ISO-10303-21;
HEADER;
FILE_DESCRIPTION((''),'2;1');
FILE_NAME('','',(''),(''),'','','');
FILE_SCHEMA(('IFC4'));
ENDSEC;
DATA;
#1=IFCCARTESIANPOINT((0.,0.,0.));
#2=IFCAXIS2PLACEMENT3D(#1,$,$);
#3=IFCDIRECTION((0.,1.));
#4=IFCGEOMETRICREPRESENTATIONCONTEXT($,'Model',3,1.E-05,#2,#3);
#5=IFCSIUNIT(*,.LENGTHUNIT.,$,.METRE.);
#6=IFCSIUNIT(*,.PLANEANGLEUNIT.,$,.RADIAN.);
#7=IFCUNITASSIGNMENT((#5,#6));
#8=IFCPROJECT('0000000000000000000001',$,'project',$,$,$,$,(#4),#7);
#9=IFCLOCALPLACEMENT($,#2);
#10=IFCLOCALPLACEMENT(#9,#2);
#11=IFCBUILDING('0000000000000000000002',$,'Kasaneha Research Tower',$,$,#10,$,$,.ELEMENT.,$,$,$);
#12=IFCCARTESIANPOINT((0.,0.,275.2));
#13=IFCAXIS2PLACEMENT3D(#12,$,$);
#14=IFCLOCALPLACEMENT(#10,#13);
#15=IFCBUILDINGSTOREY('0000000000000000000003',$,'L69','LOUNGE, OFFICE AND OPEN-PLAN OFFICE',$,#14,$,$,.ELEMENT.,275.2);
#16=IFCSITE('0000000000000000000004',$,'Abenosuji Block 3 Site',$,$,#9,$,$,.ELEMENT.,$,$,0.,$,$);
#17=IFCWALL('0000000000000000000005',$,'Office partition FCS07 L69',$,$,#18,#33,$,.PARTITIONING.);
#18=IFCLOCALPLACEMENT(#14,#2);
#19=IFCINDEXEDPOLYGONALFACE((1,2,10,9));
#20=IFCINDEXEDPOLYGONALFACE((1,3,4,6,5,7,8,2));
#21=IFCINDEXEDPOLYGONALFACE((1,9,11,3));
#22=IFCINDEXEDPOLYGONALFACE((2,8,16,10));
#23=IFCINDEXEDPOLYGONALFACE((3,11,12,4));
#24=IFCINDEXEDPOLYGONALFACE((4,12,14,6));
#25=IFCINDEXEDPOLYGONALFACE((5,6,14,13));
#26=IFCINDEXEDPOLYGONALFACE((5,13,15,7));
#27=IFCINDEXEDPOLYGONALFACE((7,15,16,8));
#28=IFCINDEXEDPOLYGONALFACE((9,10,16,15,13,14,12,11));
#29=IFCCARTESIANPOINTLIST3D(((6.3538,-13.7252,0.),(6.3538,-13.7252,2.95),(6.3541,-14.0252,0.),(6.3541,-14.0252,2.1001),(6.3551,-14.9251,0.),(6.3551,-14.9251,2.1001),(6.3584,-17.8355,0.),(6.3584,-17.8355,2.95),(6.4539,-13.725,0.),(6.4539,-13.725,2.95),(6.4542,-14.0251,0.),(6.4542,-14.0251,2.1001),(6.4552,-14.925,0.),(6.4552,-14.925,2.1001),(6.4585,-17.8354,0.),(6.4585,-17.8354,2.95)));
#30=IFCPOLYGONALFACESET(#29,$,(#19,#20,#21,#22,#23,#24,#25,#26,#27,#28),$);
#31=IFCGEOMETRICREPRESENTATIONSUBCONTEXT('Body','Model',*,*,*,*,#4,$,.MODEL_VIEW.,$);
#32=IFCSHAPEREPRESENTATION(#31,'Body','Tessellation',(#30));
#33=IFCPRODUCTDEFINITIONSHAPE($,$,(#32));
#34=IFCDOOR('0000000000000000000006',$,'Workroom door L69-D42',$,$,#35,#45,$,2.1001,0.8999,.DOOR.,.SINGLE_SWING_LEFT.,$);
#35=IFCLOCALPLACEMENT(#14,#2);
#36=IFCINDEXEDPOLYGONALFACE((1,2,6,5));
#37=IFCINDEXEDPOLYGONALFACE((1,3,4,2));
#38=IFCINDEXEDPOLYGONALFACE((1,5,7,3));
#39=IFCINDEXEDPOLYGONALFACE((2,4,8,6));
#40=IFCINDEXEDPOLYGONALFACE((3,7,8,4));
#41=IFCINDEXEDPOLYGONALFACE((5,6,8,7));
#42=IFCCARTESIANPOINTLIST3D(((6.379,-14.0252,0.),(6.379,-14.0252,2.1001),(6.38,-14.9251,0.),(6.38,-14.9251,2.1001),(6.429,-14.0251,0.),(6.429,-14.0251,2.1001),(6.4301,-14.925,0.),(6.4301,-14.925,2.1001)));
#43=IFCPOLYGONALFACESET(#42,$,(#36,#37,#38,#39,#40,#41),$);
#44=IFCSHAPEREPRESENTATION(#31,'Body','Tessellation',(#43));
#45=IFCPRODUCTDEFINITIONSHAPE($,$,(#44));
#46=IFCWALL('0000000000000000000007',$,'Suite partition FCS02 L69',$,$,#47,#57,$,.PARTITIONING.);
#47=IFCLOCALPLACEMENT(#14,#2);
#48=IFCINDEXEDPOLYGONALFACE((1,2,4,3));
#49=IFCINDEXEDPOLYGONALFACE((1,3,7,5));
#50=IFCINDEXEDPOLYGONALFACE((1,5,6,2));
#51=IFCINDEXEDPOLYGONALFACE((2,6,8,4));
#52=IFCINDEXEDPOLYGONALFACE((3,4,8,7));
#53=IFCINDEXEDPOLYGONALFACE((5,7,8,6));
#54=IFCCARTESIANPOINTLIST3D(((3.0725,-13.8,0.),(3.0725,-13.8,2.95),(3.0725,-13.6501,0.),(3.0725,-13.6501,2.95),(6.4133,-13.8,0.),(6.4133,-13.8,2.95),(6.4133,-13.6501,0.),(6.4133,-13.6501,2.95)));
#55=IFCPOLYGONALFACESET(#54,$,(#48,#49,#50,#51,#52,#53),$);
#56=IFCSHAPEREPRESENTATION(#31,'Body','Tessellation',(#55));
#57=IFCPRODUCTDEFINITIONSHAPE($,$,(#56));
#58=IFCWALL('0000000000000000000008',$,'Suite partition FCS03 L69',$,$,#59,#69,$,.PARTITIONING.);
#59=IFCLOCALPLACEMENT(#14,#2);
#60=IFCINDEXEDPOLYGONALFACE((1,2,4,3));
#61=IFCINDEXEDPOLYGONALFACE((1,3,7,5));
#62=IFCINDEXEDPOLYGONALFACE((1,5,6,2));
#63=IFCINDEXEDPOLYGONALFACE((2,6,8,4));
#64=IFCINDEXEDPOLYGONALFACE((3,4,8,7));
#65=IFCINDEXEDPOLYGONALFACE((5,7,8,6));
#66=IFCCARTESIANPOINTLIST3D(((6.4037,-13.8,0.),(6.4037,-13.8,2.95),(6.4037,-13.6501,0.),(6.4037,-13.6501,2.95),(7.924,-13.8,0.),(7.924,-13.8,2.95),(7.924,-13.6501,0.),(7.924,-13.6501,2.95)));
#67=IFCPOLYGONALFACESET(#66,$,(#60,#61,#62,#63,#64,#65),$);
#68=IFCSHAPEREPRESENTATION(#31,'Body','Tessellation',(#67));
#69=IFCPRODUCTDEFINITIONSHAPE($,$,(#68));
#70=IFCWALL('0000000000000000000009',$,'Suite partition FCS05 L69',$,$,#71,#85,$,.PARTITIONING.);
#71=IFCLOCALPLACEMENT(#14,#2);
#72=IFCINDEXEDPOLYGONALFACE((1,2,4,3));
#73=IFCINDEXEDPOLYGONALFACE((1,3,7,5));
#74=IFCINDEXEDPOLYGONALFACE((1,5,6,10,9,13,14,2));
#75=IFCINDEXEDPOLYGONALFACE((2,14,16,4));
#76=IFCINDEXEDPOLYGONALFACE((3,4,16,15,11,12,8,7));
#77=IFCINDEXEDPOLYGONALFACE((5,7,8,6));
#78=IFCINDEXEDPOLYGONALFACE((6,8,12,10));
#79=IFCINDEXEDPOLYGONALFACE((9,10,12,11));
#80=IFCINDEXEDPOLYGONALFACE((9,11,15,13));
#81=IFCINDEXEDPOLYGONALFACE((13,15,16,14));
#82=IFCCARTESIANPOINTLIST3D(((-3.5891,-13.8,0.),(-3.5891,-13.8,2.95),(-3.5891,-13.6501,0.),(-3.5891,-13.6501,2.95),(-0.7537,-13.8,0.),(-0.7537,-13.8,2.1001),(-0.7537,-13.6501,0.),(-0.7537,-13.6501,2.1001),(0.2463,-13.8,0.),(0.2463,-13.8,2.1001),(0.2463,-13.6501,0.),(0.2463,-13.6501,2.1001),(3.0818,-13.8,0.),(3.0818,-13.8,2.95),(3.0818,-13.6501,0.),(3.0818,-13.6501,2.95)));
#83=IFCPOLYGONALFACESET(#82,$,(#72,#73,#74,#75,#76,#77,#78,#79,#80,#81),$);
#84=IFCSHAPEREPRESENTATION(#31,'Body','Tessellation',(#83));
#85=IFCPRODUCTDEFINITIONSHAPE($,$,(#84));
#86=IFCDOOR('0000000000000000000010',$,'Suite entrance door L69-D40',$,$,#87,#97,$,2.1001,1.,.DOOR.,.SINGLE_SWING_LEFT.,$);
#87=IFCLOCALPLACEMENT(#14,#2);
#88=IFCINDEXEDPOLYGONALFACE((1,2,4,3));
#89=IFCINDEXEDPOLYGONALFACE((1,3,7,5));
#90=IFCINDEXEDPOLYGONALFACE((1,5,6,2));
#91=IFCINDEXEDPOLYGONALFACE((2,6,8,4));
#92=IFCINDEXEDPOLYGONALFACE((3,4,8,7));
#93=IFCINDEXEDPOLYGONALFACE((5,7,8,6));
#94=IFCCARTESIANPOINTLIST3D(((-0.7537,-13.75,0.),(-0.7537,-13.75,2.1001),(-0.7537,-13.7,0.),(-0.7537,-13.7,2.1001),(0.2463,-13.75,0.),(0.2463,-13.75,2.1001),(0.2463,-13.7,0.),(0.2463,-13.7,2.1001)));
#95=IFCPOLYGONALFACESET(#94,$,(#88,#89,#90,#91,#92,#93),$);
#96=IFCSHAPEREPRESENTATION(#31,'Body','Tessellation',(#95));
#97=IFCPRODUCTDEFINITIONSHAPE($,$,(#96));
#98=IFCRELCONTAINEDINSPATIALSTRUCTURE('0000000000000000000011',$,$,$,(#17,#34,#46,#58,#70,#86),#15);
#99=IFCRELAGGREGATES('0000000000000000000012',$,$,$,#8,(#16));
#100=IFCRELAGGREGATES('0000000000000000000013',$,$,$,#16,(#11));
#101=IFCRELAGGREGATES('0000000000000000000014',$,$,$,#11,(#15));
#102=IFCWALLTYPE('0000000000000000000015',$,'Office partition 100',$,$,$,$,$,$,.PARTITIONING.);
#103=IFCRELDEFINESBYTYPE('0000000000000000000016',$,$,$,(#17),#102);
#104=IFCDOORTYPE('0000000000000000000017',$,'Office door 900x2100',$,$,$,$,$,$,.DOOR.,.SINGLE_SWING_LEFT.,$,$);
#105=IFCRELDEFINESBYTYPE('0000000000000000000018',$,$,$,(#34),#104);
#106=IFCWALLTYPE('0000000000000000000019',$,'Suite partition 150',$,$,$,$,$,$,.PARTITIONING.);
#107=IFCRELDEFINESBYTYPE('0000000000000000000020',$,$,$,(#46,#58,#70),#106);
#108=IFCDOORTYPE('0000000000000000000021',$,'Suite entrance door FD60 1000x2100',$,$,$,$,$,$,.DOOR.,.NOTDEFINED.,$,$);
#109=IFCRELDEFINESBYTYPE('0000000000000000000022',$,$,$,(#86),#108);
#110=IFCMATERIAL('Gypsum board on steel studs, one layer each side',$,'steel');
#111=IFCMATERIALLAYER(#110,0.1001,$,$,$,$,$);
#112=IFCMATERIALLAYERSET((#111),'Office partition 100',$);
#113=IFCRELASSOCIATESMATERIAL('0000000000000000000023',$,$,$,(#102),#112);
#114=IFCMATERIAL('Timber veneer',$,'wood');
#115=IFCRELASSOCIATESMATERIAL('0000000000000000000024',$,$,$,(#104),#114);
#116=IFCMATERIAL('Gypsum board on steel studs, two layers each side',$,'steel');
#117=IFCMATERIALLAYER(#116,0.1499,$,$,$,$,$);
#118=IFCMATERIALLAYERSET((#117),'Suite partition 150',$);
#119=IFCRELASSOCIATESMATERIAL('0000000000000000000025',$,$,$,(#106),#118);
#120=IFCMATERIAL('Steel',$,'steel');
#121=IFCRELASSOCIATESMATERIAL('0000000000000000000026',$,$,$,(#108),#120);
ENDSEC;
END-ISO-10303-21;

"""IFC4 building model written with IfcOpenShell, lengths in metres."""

from ifc_helpers import new_model, si_unit, direction, frame, frame_2d, origin, place, context, subcontext, project, spatial, rectangle, extrude, material, layer, layer_set, type_object, element, fill, save


model = new_model("IFC4")

# Units and contexts
model_context = context("Model", 3, precision=1e-05, world=origin(), true_north=direction((0.0, 1.0)))
body_context = subcontext(model_context, "Body", "Model", "MODEL_VIEW")
ifc_project = project(units=[si_unit("LENGTHUNIT", "METRE"), si_unit("PLANEANGLEUNIT", "RADIAN")], contexts=[model_context])

# Site, building, storey
site_placement = place(None, origin())
site = spatial("IfcSite", under=ifc_project, at=site_placement, Name="Abenosuji Block 3 Site", CompositionType="ELEMENT", RefElevation=0.0)
building_placement = place(site_placement, origin())
building = spatial("IfcBuilding", under=site, at=building_placement, Name="Kasaneha Research Tower", CompositionType="ELEMENT")
storey_placement = place(building_placement, frame((0.0, 0.0, 275.2)))
storey = spatial("IfcBuildingStorey", under=building, at=storey_placement, Name="L69", Description="LOUNGE, OFFICE AND OPEN-PLAN OFFICE", CompositionType="ELEMENT", Elevation=275.2)

# Wall, opening, door
ifc_material_1 = material(Name="Gypsum board on steel studs, one layer each side", Category="steel")
ifc_layer_1 = layer(ifc_material_1, 0.1001)
ifc_layer_set_1 = layer_set([ifc_layer_1], Name="Office partition 100")
wall_type_1 = type_object("IfcWallType", Name="Office partition 100", PredefinedType="PARTITIONING", material=ifc_layer_set_1)
wall_1_placement = place(storey_placement, frame((6.4038, -13.7251, 0.0), z_axis=(0.0, 0.0, 1.0), x_axis=(0.001129, -0.999999, 0.0)))
wall_1 = element("IfcWall", 1, at=wall_1_placement, inside=storey, type_object=wall_type_1, Name="Office partition FCS07 L69", PredefinedType="PARTITIONING", context=body_context, shape_type="SweptSolid", body=[
    extrude(rectangle(XDim=4.1104, YDim=0.1001, at=frame_2d((2.0552, 0.0))), origin(), (0.0, 0.0, 1.0), 2.95),
])
opening_1_placement = place(wall_1_placement, frame((0.3, 0.0, 0.0)))
opening_1 = element("IfcOpeningElement", 2, at=opening_1_placement, cuts=wall_1, PredefinedType="OPENING", context=body_context, shape_type="SweptSolid", body=[
    extrude(rectangle(XDim=0.8999, YDim=2.1001, at=frame_2d((0.45, 1.05))), frame((0.0, 0.0601, 0.0), z_axis=(0.0, -1.0, 0.0), x_axis=(1.0, 0.0, 0.0)), (0.0, 0.0, 1.0), 0.1201),
])
ifc_material_2 = material(Name="Timber veneer", Category="wood")
door_type_1 = type_object("IfcDoorType", Name="Office door 900x2100", OperationType="SINGLE_SWING_LEFT", PredefinedType="DOOR", material=ifc_material_2)
door_1_placement = place(opening_1_placement, origin())
door_1 = element("IfcDoor", 3, at=door_1_placement, inside=storey, type_object=door_type_1, Name="Workroom door L69-D42", OperationType="SINGLE_SWING_LEFT", OverallHeight=2.1001, OverallWidth=0.8999, PredefinedType="DOOR", context=body_context, shape_type="SweptSolid", body=[
    extrude(rectangle(XDim=0.8999, YDim=2.1001, at=frame_2d((0.45, 1.05))), frame((0.0, 0.0249, 0.0), z_axis=(0.0, -1.0, 0.0), x_axis=(1.0, 0.0, 0.0)), (0.0, 0.0, 1.0), 0.05),
])
fill(opening_1, door_1)

# Walls
ifc_material_3 = material(Name="Gypsum board on steel studs, two layers each side", Category="steel")
ifc_layer_2 = layer(ifc_material_3, 0.1499)
ifc_layer_set_2 = layer_set([ifc_layer_2], Name="Suite partition 150")
wall_type_2 = type_object("IfcWallType", Name="Suite partition 150", PredefinedType="PARTITIONING", material=ifc_layer_set_2)
wall_2_placement = place(storey_placement, frame((6.4133, -13.7251, 0.0), z_axis=(0.0, 0.0, 1.0), x_axis=(-1.0, 0.0, 0.0)))
element("IfcWall", 4, at=wall_2_placement, inside=storey, type_object=wall_type_2, Name="Suite partition FCS02 L69", PredefinedType="PARTITIONING", context=body_context, shape_type="SweptSolid", body=[
    extrude(rectangle(XDim=3.3408, YDim=0.1499, at=frame_2d((1.6704, 0.0))), origin(), (0.0, 0.0, 1.0), 2.95),
])
wall_3_placement = place(storey_placement, frame((7.9241, -13.7251, 0.0), z_axis=(0.0, 0.0, 1.0), x_axis=(-1.0, 0.0, 0.0)))
element("IfcWall", 5, at=wall_3_placement, inside=storey, type_object=wall_type_2, Name="Suite partition FCS03 L69", PredefinedType="PARTITIONING", context=body_context, shape_type="SweptSolid", body=[
    extrude(rectangle(XDim=1.5203, YDim=0.1499, at=frame_2d((0.7603, 0.0))), origin(), (0.0, 0.0, 1.0), 2.95),
])

# Wall, opening, door
wall_4_placement = place(storey_placement, frame((3.0818, -13.7251, 0.0), z_axis=(0.0, 0.0, 1.0), x_axis=(-1.0, 0.0, 0.0)))
wall_4 = element("IfcWall", 6, at=wall_4_placement, inside=storey, type_object=wall_type_2, Name="Suite partition FCS05 L69", PredefinedType="PARTITIONING", context=body_context, shape_type="SweptSolid", body=[
    extrude(rectangle(XDim=6.6709, YDim=0.1499, at=frame_2d((3.3354, 0.0))), origin(), (0.0, 0.0, 1.0), 2.95),
])
opening_2_placement = place(wall_4_placement, frame((2.8354, 0.0, 0.0)))
opening_2 = element("IfcOpeningElement", 7, at=opening_2_placement, cuts=wall_4, PredefinedType="OPENING", context=body_context, shape_type="SweptSolid", body=[
    extrude(rectangle(XDim=1.0, YDim=2.1001, at=frame_2d((0.5, 1.05))), frame((0.0, 0.085, 0.0), z_axis=(0.0, -1.0, 0.0), x_axis=(1.0, 0.0, 0.0)), (0.0, 0.0, 1.0), 0.1699),
])
ifc_material_4 = material(Name="Steel", Category="steel")
door_type_2 = type_object("IfcDoorType", Name="Suite entrance door FD60 1000x2100", OperationType="NOTDEFINED", PredefinedType="DOOR", material=ifc_material_4)
door_2_placement = place(opening_2_placement, origin())
door_2 = element("IfcDoor", 8, at=door_2_placement, inside=storey, type_object=door_type_2, Name="Suite entrance door L69-D40", OperationType="SINGLE_SWING_LEFT", OverallHeight=2.1001, OverallWidth=1.0, PredefinedType="DOOR", context=body_context, shape_type="SweptSolid", body=[
    extrude(rectangle(XDim=1.0, YDim=2.1001, at=frame_2d((0.5, 1.05))), frame((0.0, 0.0249, 0.0), z_axis=(0.0, -1.0, 0.0), x_axis=(1.0, 0.0, 0.0)), (0.0, 0.0, 1.0), 0.05),
])
fill(opening_2, door_2)

save(model, "model.ifc")
